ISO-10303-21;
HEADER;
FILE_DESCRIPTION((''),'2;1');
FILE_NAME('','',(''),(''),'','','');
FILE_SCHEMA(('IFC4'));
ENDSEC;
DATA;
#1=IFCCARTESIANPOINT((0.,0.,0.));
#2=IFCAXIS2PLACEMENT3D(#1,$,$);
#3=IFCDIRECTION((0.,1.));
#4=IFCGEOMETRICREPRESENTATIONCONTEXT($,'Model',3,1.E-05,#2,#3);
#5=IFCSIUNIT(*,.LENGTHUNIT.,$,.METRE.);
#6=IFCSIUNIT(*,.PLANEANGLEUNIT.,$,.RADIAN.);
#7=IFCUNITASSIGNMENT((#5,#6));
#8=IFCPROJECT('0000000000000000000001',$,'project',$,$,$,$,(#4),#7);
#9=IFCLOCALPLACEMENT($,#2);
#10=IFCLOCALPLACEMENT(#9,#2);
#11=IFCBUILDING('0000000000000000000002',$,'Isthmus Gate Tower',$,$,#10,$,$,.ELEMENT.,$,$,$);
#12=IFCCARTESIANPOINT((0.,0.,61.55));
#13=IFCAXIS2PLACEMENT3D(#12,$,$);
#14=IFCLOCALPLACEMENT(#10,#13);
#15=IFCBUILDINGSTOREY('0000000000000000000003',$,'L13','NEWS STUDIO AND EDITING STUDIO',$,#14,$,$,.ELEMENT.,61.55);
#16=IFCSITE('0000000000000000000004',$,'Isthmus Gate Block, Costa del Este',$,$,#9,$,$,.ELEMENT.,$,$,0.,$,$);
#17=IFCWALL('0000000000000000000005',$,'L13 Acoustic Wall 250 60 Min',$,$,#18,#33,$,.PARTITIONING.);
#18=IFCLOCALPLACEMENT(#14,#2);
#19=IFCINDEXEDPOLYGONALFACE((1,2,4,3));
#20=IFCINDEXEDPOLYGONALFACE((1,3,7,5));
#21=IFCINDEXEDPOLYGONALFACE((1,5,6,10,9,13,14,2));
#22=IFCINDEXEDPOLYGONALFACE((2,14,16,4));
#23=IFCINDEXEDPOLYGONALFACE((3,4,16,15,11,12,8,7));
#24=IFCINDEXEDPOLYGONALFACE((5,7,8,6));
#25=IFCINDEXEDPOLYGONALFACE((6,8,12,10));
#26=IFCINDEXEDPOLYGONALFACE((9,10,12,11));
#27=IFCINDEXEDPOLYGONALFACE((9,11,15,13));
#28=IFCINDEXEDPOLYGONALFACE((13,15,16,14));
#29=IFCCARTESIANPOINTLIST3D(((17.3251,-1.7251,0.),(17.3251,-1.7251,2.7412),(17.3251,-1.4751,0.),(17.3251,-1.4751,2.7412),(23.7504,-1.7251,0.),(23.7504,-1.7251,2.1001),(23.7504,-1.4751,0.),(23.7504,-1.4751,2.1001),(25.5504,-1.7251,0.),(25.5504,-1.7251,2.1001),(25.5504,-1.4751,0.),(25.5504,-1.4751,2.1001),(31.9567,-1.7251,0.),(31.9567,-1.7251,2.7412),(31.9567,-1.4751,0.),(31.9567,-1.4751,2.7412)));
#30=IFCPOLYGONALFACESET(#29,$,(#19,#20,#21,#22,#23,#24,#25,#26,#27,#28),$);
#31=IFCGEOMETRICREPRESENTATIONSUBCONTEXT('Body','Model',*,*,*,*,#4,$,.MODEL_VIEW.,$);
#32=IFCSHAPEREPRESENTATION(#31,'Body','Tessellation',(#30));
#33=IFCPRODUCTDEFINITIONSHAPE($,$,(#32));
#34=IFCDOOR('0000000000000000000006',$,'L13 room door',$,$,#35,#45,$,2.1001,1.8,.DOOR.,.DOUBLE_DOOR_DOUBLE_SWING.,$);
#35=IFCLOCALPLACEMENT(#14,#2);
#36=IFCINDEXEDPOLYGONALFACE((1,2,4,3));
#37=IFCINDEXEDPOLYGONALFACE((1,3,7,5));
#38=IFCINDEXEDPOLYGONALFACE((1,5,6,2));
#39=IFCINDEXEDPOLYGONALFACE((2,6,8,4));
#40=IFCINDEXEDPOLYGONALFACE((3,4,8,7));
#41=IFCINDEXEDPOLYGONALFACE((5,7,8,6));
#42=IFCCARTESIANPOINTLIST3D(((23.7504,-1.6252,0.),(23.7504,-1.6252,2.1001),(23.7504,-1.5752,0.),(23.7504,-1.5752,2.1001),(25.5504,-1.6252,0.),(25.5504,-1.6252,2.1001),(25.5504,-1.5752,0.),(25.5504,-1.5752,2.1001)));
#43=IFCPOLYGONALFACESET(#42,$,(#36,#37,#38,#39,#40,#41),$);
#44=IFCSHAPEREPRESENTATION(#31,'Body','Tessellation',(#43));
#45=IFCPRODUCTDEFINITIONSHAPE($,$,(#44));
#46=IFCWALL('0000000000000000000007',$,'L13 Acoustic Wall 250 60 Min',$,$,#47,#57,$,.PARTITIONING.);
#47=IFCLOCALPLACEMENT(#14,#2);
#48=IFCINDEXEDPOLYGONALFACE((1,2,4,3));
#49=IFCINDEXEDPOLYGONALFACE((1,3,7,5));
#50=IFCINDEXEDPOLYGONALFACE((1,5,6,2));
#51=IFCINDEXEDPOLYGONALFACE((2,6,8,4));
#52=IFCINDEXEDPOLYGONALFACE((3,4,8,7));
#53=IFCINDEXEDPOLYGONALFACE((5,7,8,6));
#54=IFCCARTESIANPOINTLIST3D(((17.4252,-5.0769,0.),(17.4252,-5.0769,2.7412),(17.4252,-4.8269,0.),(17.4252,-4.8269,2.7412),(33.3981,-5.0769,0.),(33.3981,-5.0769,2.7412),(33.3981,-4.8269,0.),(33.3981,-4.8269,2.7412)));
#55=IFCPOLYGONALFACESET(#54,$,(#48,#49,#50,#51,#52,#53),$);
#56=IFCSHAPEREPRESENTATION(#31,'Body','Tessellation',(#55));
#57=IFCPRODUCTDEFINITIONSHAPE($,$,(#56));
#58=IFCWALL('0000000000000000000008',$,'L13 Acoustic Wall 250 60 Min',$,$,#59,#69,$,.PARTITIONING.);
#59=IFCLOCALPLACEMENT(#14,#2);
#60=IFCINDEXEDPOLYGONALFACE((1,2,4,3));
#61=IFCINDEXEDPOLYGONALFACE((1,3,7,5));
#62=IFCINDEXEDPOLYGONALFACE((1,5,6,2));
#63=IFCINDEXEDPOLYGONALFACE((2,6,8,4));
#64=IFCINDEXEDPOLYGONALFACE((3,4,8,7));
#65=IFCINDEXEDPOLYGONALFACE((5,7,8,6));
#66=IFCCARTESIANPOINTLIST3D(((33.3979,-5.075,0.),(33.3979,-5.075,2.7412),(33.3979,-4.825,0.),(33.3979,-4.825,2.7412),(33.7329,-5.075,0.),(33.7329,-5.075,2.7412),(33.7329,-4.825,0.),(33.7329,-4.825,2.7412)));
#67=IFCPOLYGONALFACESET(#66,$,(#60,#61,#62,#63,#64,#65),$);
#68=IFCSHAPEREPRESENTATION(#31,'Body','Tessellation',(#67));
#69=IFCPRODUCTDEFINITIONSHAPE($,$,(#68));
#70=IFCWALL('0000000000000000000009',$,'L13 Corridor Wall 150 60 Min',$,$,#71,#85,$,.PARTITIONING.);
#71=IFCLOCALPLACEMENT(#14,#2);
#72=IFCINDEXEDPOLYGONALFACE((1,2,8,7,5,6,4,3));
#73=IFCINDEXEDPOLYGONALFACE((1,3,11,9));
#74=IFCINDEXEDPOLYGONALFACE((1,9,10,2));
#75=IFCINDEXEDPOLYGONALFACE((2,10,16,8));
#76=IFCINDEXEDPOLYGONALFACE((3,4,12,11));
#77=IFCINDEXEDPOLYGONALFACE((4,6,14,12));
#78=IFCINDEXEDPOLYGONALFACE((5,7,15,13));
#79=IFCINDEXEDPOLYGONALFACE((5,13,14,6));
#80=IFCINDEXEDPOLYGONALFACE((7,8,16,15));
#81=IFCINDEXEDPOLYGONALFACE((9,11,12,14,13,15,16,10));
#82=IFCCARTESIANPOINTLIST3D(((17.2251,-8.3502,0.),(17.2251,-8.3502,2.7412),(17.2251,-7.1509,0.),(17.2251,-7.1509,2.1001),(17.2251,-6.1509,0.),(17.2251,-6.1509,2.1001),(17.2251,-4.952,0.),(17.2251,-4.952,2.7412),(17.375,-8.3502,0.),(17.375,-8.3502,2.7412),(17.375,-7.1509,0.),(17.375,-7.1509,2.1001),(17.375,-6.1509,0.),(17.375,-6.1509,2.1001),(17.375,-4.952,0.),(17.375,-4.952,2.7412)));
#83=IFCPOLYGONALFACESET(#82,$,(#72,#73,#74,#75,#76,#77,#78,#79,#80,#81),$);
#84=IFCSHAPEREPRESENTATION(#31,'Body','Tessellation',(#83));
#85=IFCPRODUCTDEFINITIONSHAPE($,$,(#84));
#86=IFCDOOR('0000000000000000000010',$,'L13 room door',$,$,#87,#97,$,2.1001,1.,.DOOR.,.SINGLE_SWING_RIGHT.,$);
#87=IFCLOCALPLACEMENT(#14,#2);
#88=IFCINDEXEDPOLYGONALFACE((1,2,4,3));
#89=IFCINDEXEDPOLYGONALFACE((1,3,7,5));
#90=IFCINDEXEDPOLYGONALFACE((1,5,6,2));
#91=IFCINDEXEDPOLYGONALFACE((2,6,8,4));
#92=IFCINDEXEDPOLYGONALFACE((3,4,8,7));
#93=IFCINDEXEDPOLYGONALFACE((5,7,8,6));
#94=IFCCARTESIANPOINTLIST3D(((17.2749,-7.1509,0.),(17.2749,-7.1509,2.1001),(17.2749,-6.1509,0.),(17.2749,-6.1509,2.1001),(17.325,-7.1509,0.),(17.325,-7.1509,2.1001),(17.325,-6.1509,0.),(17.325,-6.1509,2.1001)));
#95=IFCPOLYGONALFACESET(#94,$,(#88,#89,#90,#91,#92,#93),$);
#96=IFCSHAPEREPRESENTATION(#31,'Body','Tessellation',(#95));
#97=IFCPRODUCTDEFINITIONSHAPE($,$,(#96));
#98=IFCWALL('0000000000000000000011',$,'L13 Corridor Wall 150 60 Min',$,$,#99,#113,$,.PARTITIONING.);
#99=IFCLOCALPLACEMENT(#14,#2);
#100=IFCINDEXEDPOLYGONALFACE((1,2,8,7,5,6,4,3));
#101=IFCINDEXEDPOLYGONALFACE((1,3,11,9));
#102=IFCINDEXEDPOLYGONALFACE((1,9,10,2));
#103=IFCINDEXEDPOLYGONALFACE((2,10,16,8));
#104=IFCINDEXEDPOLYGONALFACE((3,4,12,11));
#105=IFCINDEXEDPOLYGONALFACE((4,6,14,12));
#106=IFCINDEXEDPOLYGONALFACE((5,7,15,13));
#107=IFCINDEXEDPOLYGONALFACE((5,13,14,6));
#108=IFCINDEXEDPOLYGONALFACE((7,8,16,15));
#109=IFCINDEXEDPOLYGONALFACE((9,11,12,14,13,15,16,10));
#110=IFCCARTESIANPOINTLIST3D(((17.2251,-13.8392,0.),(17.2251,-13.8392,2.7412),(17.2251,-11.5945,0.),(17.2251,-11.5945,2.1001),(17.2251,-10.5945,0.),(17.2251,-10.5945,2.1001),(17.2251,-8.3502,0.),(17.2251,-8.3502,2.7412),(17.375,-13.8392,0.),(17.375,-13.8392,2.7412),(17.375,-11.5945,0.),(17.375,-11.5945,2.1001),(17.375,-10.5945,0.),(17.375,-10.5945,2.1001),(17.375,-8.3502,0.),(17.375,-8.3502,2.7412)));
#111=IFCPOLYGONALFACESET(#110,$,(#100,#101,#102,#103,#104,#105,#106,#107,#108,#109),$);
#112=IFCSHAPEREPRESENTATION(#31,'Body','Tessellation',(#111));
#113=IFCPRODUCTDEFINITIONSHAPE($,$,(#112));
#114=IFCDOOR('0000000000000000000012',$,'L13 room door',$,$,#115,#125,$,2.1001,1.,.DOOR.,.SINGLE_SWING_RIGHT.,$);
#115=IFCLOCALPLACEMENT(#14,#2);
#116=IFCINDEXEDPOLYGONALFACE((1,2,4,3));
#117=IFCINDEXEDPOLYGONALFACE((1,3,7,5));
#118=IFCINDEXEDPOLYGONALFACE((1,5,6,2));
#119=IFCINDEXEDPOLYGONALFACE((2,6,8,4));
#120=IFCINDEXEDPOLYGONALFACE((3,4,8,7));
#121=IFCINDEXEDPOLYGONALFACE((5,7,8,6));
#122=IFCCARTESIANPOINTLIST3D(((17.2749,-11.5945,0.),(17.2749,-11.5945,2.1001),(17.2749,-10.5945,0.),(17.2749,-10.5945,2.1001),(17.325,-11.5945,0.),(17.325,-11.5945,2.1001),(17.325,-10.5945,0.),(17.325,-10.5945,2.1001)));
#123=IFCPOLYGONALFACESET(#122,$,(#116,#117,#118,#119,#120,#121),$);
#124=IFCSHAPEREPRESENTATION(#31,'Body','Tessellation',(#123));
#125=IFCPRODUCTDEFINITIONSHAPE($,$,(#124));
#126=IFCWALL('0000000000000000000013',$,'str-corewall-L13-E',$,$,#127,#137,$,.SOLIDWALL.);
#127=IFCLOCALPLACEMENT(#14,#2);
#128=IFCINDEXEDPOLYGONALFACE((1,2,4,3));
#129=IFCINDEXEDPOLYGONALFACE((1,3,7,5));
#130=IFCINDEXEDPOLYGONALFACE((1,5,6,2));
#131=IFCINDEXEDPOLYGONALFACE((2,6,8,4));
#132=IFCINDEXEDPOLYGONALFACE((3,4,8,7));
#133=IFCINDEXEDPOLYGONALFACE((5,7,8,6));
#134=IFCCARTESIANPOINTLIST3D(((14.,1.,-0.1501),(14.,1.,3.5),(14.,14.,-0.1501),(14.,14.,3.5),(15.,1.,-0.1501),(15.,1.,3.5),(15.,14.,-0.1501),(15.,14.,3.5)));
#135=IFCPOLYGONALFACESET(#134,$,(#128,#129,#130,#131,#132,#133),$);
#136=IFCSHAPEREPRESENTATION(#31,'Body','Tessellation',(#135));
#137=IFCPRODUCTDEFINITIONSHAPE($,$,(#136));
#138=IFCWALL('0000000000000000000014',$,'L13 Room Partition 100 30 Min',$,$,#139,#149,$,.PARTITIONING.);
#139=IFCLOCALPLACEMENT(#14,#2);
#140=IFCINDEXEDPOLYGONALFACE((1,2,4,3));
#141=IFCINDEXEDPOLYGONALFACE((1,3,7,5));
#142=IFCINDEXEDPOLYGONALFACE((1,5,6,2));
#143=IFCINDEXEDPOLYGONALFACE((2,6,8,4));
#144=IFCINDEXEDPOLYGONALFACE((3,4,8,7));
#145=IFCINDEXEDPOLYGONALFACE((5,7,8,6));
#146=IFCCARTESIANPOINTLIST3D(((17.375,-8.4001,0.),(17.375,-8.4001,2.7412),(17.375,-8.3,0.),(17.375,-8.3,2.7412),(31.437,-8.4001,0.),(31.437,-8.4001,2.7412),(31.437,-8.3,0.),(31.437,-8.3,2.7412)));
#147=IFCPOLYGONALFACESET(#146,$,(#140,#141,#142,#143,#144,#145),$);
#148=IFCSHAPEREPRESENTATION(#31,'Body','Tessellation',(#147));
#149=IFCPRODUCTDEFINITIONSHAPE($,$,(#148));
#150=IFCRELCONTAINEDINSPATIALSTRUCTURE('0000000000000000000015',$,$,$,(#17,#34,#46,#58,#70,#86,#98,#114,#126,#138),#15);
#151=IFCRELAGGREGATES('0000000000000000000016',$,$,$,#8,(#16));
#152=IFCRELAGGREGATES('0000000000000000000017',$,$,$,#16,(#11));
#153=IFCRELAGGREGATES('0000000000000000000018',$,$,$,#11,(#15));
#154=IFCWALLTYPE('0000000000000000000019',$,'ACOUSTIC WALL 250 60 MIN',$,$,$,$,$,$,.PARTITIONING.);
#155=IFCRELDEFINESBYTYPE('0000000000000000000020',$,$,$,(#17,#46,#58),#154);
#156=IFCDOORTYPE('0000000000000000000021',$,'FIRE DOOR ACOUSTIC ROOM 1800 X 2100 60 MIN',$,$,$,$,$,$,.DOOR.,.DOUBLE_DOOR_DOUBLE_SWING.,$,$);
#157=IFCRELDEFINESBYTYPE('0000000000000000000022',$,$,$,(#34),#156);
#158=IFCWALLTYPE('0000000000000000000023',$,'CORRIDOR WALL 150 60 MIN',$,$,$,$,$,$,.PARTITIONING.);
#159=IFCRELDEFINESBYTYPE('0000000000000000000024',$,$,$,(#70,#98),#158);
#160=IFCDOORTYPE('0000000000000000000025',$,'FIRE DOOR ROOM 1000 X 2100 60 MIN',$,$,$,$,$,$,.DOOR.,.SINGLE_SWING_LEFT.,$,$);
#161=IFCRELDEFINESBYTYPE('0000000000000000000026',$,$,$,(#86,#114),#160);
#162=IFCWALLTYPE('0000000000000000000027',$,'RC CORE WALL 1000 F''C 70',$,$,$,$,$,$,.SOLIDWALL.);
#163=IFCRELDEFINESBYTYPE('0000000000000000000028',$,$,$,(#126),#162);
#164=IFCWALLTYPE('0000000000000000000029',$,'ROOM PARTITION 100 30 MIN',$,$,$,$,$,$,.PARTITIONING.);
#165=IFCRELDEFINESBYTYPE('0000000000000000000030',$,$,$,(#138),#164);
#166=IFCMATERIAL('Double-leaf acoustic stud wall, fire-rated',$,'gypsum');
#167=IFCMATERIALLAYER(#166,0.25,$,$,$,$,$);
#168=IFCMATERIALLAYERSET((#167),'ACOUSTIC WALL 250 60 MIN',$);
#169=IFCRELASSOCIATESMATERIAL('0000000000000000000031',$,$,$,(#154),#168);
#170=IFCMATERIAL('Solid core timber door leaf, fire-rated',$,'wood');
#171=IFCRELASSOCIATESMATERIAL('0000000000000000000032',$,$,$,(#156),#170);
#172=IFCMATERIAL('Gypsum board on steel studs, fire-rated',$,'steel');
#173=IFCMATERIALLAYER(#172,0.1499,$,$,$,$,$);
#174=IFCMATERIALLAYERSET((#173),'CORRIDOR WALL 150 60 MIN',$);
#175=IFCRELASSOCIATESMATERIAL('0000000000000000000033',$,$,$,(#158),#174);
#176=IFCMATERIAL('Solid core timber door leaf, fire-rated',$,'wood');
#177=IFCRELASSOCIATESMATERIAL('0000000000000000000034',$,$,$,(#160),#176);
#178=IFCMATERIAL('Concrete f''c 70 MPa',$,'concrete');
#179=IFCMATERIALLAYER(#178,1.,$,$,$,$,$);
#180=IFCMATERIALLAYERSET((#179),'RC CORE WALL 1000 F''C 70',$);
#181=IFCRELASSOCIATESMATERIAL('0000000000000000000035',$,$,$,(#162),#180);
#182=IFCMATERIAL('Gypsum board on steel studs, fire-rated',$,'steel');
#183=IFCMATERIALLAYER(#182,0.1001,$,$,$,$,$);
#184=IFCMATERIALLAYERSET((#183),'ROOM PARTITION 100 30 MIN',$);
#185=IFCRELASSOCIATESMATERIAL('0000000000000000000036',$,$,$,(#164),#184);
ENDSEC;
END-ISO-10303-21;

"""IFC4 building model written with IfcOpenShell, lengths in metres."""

from ifc_helpers import new_model, si_unit, direction, frame, frame_2d, origin, place, context, subcontext, project, spatial, rectangle, extrude, material, layer, layer_set, type_object, element, fill, save


model = new_model("IFC4")

# Units and contexts
model_context = context("Model", 3, precision=1e-05, world=origin(), true_north=direction((0.0, 1.0)))
body_context = subcontext(model_context, "Body", "Model", "MODEL_VIEW")
ifc_project = project(units=[si_unit("LENGTHUNIT", "METRE"), si_unit("PLANEANGLEUNIT", "RADIAN")], contexts=[model_context])

# Site, building, storey
site_placement = place(None, origin())
site = spatial("IfcSite", under=ifc_project, at=site_placement, Name="Isthmus Gate Block, Costa del Este", CompositionType="ELEMENT", RefElevation=0.0)
building_placement = place(site_placement, origin())
building = spatial("IfcBuilding", under=site, at=building_placement, Name="Isthmus Gate Tower", CompositionType="ELEMENT")
storey_placement = place(building_placement, frame((0.0, 0.0, 61.55)))
storey = spatial("IfcBuildingStorey", under=building, at=storey_placement, Name="L13", Description="NEWS STUDIO AND EDITING STUDIO", CompositionType="ELEMENT", Elevation=61.55)

# Shared definitions
ifc_material_1 = material(Name="Double-leaf acoustic stud wall, fire-rated", Category="gypsum")
ifc_layer_1 = layer(ifc_material_1, 0.25)
ifc_layer_set_1 = layer_set([ifc_layer_1], Name="ACOUSTIC WALL 250 60 MIN")
wall_type_1 = type_object("IfcWallType", Name="ACOUSTIC WALL 250 60 MIN", PredefinedType="PARTITIONING", material=ifc_layer_set_1)

# Shared definitions
ifc_material_2 = material(Name="Solid core timber door leaf, fire-rated", Category="wood")
door_type_1 = type_object("IfcDoorType", Name="FIRE DOOR ACOUSTIC ROOM 1800 X 2100 60 MIN", OperationType="DOUBLE_DOOR_DOUBLE_SWING", PredefinedType="DOOR", material=ifc_material_2)

# Wall, opening, door
wall_1_placement = place(storey_placement, frame((17.325, -1.6001, 0.0), z_axis=(0.0, 0.0, 1.0), x_axis=(1.0, 0.0, 0.0)))
wall_1 = element("IfcWall", 1, at=wall_1_placement, inside=storey, type_object=wall_type_1, Name="L13 Acoustic Wall 250 60 Min", PredefinedType="PARTITIONING", context=body_context, shape_type="SweptSolid", body=[
    extrude(rectangle(XDim=14.6316, YDim=0.25, at=frame_2d((7.3159, 0.0))), origin(), (0.0, 0.0, 1.0), 2.7412),
])
opening_1_placement = place(wall_1_placement, frame((6.4255, 0.0, 0.0)))
opening_1 = element("IfcOpeningElement", 2, at=opening_1_placement, cuts=wall_1, PredefinedType="OPENING", context=body_context, shape_type="SweptSolid", body=[
    extrude(rectangle(XDim=1.8, YDim=2.1001, at=frame_2d((0.8999, 1.05))), frame((0.0, 0.135, 0.0), z_axis=(0.0, -1.0, 0.0), x_axis=(1.0, 0.0, 0.0)), (0.0, 0.0, 1.0), 0.27),
])
door_1_placement = place(opening_1_placement, origin())
door_1 = element("IfcDoor", 3, at=door_1_placement, inside=storey, type_object=door_type_1, Name="L13 room door", OperationType="DOUBLE_DOOR_DOUBLE_SWING", OverallHeight=2.1001, OverallWidth=1.8, PredefinedType="DOOR", context=body_context, shape_type="SweptSolid", body=[
    extrude(rectangle(XDim=1.8, YDim=2.1001, at=frame_2d((0.8999, 1.05))), frame((0.0, 0.0249, 0.0), z_axis=(0.0, -1.0, 0.0), x_axis=(1.0, 0.0, 0.0)), (0.0, 0.0, 1.0), 0.05),
])
fill(opening_1, door_1)

# Walls
wall_2_placement = place(storey_placement, frame((33.3979, -4.9519, 0.0), z_axis=(0.0, 0.0, 1.0), x_axis=(-1.0, 0.0, 0.0)))
element("IfcWall", 4, at=wall_2_placement, inside=storey, type_object=wall_type_1, Name="L13 Acoustic Wall 250 60 Min", PredefinedType="PARTITIONING", context=body_context, shape_type="SweptSolid", body=[
    extrude(rectangle(XDim=15.9729, YDim=0.25, at=frame_2d((7.9863, 0.0))), origin(), (0.0, 0.0, 1.0), 2.7412),
])
wall_3_placement = place(storey_placement, frame((33.3979, -4.95, 0.0), z_axis=(0.0, 0.0, 1.0), x_axis=(1.0, 0.0, 0.0)))
element("IfcWall", 5, at=wall_3_placement, inside=storey, type_object=wall_type_1, Name="L13 Acoustic Wall 250 60 Min", PredefinedType="PARTITIONING", context=body_context, shape_type="SweptSolid", body=[
    extrude(rectangle(XDim=0.335, YDim=0.25, at=frame_2d((0.1675, 0.0))), origin(), (0.0, 0.0, 1.0), 2.7412),
])

# Walls, openings, doors
ifc_material_3 = material(Name="Gypsum board on steel studs, fire-rated", Category="steel")
ifc_layer_2 = layer(ifc_material_3, 0.1499)
ifc_layer_set_2 = layer_set([ifc_layer_2], Name="CORRIDOR WALL 150 60 MIN")
wall_type_2 = type_object("IfcWallType", Name="CORRIDOR WALL 150 60 MIN", PredefinedType="PARTITIONING", material=ifc_layer_set_2)
wall_4_placement = place(storey_placement, frame((17.3, -4.9519, 0.0), z_axis=(0.0, 0.0, 1.0), x_axis=(0.0, -1.0, 0.0)))
wall_4 = element("IfcWall", 6, at=wall_4_placement, inside=storey, type_object=wall_type_2, Name="L13 Corridor Wall 150 60 Min", PredefinedType="PARTITIONING", context=body_context, shape_type="SweptSolid", body=[
    extrude(rectangle(XDim=3.3982, YDim=0.1499, at=frame_2d((1.6992, 0.0))), origin(), (0.0, 0.0, 1.0), 2.7412),
])
opening_2_placement = place(wall_4_placement, frame((1.199, 0.0, 0.0)))
opening_2 = element("IfcOpeningElement", 7, at=opening_2_placement, cuts=wall_4, PredefinedType="OPENING", context=body_context, shape_type="SweptSolid", body=[
    extrude(rectangle(XDim=1.0, YDim=2.1001, at=frame_2d((0.5, 1.05))), frame((0.0, 0.085, 0.0), z_axis=(0.0, -1.0, 0.0), x_axis=(1.0, 0.0, 0.0)), (0.0, 0.0, 1.0), 0.1699),
])
ifc_material_4 = material(Name="Solid core timber door leaf, fire-rated", Category="wood")
door_type_2 = type_object("IfcDoorType", Name="FIRE DOOR ROOM 1000 X 2100 60 MIN", OperationType="SINGLE_SWING_LEFT", PredefinedType="DOOR", material=ifc_material_4)
door_2_placement = place(opening_2_placement, origin())
door_2 = element("IfcDoor", 8, at=door_2_placement, inside=storey, type_object=door_type_2, Name="L13 room door", OperationType="SINGLE_SWING_RIGHT", OverallHeight=2.1001, OverallWidth=1.0, PredefinedType="DOOR", context=body_context, shape_type="SweptSolid", body=[
    extrude(rectangle(XDim=1.0, YDim=2.1001, at=frame_2d((0.5, 1.05))), frame((0.0, 0.0249, 0.0), z_axis=(0.0, -1.0, 0.0), x_axis=(1.0, 0.0, 0.0)), (0.0, 0.0, 1.0), 0.05),
])
fill(opening_2, door_2)
wall_5_placement = place(storey_placement, frame((17.3, -8.3501, 0.0), z_axis=(0.0, 0.0, 1.0), x_axis=(0.0, -1.0, 0.0)))
wall_5 = element("IfcWall", 9, at=wall_5_placement, inside=storey, type_object=wall_type_2, Name="L13 Corridor Wall 150 60 Min", PredefinedType="PARTITIONING", context=body_context, shape_type="SweptSolid", body=[
    extrude(rectangle(XDim=5.489, YDim=0.1499, at=frame_2d((2.7446, 0.0))), origin(), (0.0, 0.0, 1.0), 2.7412),
])
opening_3_placement = place(wall_5_placement, frame((2.2444, 0.0, 0.0)))
opening_3 = element("IfcOpeningElement", 10, at=opening_3_placement, cuts=wall_5, PredefinedType="OPENING", context=body_context, shape_type="SweptSolid", body=[
    extrude(rectangle(XDim=1.0, YDim=2.1001, at=frame_2d((0.5, 1.05))), frame((0.0, 0.085, 0.0), z_axis=(0.0, -1.0, 0.0), x_axis=(1.0, 0.0, 0.0)), (0.0, 0.0, 1.0), 0.1699),
])
door_3_placement = place(opening_3_placement, origin())
door_3 = element("IfcDoor", 11, at=door_3_placement, inside=storey, type_object=door_type_2, Name="L13 room door", OperationType="SINGLE_SWING_RIGHT", OverallHeight=2.1001, OverallWidth=1.0, PredefinedType="DOOR", context=body_context, shape_type="SweptSolid", body=[
    extrude(rectangle(XDim=1.0, YDim=2.1001, at=frame_2d((0.5, 1.05))), frame((0.0, 0.0249, 0.0), z_axis=(0.0, -1.0, 0.0), x_axis=(1.0, 0.0, 0.0)), (0.0, 0.0, 1.0), 0.05),
])
fill(opening_3, door_3)

# Walls
ifc_material_5 = material(Name="Concrete f'c 70 MPa", Category="concrete")
ifc_layer_3 = layer(ifc_material_5, 1.0)
ifc_layer_set_3 = layer_set([ifc_layer_3], Name="RC CORE WALL 1000 F'C 70")
wall_type_3 = type_object("IfcWallType", Name="RC CORE WALL 1000 F'C 70", PredefinedType="SOLIDWALL", material=ifc_layer_set_3)
wall_6_placement = place(storey_placement, frame((14.5, 1.0, -0.1501), z_axis=(0.0, 0.0, 1.0), x_axis=(0.0, 1.0, 0.0)))
element("IfcWall", 12, at=wall_6_placement, inside=storey, type_object=wall_type_3, Name="str-corewall-L13-E", PredefinedType="SOLIDWALL", context=body_context, shape_type="SweptSolid", body=[
    extrude(rectangle(XDim=13.0, YDim=1.0, at=frame_2d((6.5, 0.0))), origin(), (0.0, 0.0, 1.0), 3.6501),
])
ifc_material_6 = material(Name="Gypsum board on steel studs, fire-rated", Category="steel")
ifc_layer_4 = layer(ifc_material_6, 0.1001)
ifc_layer_set_4 = layer_set([ifc_layer_4], Name="ROOM PARTITION 100 30 MIN")
wall_type_4 = type_object("IfcWallType", Name="ROOM PARTITION 100 30 MIN", PredefinedType="PARTITIONING", material=ifc_layer_set_4)
wall_7_placement = place(storey_placement, frame((17.375, -8.3501, 0.0), z_axis=(0.0, 0.0, 1.0), x_axis=(1.0, 0.0, 0.0)))
element("IfcWall", 13, at=wall_7_placement, inside=storey, type_object=wall_type_4, Name="L13 Room Partition 100 30 Min", PredefinedType="PARTITIONING", context=body_context, shape_type="SweptSolid", body=[
    extrude(rectangle(XDim=14.062, YDim=0.1001, at=frame_2d((7.031, 0.0))), origin(), (0.0, 0.0, 1.0), 2.7412),
])

save(model, "model.ifc")
